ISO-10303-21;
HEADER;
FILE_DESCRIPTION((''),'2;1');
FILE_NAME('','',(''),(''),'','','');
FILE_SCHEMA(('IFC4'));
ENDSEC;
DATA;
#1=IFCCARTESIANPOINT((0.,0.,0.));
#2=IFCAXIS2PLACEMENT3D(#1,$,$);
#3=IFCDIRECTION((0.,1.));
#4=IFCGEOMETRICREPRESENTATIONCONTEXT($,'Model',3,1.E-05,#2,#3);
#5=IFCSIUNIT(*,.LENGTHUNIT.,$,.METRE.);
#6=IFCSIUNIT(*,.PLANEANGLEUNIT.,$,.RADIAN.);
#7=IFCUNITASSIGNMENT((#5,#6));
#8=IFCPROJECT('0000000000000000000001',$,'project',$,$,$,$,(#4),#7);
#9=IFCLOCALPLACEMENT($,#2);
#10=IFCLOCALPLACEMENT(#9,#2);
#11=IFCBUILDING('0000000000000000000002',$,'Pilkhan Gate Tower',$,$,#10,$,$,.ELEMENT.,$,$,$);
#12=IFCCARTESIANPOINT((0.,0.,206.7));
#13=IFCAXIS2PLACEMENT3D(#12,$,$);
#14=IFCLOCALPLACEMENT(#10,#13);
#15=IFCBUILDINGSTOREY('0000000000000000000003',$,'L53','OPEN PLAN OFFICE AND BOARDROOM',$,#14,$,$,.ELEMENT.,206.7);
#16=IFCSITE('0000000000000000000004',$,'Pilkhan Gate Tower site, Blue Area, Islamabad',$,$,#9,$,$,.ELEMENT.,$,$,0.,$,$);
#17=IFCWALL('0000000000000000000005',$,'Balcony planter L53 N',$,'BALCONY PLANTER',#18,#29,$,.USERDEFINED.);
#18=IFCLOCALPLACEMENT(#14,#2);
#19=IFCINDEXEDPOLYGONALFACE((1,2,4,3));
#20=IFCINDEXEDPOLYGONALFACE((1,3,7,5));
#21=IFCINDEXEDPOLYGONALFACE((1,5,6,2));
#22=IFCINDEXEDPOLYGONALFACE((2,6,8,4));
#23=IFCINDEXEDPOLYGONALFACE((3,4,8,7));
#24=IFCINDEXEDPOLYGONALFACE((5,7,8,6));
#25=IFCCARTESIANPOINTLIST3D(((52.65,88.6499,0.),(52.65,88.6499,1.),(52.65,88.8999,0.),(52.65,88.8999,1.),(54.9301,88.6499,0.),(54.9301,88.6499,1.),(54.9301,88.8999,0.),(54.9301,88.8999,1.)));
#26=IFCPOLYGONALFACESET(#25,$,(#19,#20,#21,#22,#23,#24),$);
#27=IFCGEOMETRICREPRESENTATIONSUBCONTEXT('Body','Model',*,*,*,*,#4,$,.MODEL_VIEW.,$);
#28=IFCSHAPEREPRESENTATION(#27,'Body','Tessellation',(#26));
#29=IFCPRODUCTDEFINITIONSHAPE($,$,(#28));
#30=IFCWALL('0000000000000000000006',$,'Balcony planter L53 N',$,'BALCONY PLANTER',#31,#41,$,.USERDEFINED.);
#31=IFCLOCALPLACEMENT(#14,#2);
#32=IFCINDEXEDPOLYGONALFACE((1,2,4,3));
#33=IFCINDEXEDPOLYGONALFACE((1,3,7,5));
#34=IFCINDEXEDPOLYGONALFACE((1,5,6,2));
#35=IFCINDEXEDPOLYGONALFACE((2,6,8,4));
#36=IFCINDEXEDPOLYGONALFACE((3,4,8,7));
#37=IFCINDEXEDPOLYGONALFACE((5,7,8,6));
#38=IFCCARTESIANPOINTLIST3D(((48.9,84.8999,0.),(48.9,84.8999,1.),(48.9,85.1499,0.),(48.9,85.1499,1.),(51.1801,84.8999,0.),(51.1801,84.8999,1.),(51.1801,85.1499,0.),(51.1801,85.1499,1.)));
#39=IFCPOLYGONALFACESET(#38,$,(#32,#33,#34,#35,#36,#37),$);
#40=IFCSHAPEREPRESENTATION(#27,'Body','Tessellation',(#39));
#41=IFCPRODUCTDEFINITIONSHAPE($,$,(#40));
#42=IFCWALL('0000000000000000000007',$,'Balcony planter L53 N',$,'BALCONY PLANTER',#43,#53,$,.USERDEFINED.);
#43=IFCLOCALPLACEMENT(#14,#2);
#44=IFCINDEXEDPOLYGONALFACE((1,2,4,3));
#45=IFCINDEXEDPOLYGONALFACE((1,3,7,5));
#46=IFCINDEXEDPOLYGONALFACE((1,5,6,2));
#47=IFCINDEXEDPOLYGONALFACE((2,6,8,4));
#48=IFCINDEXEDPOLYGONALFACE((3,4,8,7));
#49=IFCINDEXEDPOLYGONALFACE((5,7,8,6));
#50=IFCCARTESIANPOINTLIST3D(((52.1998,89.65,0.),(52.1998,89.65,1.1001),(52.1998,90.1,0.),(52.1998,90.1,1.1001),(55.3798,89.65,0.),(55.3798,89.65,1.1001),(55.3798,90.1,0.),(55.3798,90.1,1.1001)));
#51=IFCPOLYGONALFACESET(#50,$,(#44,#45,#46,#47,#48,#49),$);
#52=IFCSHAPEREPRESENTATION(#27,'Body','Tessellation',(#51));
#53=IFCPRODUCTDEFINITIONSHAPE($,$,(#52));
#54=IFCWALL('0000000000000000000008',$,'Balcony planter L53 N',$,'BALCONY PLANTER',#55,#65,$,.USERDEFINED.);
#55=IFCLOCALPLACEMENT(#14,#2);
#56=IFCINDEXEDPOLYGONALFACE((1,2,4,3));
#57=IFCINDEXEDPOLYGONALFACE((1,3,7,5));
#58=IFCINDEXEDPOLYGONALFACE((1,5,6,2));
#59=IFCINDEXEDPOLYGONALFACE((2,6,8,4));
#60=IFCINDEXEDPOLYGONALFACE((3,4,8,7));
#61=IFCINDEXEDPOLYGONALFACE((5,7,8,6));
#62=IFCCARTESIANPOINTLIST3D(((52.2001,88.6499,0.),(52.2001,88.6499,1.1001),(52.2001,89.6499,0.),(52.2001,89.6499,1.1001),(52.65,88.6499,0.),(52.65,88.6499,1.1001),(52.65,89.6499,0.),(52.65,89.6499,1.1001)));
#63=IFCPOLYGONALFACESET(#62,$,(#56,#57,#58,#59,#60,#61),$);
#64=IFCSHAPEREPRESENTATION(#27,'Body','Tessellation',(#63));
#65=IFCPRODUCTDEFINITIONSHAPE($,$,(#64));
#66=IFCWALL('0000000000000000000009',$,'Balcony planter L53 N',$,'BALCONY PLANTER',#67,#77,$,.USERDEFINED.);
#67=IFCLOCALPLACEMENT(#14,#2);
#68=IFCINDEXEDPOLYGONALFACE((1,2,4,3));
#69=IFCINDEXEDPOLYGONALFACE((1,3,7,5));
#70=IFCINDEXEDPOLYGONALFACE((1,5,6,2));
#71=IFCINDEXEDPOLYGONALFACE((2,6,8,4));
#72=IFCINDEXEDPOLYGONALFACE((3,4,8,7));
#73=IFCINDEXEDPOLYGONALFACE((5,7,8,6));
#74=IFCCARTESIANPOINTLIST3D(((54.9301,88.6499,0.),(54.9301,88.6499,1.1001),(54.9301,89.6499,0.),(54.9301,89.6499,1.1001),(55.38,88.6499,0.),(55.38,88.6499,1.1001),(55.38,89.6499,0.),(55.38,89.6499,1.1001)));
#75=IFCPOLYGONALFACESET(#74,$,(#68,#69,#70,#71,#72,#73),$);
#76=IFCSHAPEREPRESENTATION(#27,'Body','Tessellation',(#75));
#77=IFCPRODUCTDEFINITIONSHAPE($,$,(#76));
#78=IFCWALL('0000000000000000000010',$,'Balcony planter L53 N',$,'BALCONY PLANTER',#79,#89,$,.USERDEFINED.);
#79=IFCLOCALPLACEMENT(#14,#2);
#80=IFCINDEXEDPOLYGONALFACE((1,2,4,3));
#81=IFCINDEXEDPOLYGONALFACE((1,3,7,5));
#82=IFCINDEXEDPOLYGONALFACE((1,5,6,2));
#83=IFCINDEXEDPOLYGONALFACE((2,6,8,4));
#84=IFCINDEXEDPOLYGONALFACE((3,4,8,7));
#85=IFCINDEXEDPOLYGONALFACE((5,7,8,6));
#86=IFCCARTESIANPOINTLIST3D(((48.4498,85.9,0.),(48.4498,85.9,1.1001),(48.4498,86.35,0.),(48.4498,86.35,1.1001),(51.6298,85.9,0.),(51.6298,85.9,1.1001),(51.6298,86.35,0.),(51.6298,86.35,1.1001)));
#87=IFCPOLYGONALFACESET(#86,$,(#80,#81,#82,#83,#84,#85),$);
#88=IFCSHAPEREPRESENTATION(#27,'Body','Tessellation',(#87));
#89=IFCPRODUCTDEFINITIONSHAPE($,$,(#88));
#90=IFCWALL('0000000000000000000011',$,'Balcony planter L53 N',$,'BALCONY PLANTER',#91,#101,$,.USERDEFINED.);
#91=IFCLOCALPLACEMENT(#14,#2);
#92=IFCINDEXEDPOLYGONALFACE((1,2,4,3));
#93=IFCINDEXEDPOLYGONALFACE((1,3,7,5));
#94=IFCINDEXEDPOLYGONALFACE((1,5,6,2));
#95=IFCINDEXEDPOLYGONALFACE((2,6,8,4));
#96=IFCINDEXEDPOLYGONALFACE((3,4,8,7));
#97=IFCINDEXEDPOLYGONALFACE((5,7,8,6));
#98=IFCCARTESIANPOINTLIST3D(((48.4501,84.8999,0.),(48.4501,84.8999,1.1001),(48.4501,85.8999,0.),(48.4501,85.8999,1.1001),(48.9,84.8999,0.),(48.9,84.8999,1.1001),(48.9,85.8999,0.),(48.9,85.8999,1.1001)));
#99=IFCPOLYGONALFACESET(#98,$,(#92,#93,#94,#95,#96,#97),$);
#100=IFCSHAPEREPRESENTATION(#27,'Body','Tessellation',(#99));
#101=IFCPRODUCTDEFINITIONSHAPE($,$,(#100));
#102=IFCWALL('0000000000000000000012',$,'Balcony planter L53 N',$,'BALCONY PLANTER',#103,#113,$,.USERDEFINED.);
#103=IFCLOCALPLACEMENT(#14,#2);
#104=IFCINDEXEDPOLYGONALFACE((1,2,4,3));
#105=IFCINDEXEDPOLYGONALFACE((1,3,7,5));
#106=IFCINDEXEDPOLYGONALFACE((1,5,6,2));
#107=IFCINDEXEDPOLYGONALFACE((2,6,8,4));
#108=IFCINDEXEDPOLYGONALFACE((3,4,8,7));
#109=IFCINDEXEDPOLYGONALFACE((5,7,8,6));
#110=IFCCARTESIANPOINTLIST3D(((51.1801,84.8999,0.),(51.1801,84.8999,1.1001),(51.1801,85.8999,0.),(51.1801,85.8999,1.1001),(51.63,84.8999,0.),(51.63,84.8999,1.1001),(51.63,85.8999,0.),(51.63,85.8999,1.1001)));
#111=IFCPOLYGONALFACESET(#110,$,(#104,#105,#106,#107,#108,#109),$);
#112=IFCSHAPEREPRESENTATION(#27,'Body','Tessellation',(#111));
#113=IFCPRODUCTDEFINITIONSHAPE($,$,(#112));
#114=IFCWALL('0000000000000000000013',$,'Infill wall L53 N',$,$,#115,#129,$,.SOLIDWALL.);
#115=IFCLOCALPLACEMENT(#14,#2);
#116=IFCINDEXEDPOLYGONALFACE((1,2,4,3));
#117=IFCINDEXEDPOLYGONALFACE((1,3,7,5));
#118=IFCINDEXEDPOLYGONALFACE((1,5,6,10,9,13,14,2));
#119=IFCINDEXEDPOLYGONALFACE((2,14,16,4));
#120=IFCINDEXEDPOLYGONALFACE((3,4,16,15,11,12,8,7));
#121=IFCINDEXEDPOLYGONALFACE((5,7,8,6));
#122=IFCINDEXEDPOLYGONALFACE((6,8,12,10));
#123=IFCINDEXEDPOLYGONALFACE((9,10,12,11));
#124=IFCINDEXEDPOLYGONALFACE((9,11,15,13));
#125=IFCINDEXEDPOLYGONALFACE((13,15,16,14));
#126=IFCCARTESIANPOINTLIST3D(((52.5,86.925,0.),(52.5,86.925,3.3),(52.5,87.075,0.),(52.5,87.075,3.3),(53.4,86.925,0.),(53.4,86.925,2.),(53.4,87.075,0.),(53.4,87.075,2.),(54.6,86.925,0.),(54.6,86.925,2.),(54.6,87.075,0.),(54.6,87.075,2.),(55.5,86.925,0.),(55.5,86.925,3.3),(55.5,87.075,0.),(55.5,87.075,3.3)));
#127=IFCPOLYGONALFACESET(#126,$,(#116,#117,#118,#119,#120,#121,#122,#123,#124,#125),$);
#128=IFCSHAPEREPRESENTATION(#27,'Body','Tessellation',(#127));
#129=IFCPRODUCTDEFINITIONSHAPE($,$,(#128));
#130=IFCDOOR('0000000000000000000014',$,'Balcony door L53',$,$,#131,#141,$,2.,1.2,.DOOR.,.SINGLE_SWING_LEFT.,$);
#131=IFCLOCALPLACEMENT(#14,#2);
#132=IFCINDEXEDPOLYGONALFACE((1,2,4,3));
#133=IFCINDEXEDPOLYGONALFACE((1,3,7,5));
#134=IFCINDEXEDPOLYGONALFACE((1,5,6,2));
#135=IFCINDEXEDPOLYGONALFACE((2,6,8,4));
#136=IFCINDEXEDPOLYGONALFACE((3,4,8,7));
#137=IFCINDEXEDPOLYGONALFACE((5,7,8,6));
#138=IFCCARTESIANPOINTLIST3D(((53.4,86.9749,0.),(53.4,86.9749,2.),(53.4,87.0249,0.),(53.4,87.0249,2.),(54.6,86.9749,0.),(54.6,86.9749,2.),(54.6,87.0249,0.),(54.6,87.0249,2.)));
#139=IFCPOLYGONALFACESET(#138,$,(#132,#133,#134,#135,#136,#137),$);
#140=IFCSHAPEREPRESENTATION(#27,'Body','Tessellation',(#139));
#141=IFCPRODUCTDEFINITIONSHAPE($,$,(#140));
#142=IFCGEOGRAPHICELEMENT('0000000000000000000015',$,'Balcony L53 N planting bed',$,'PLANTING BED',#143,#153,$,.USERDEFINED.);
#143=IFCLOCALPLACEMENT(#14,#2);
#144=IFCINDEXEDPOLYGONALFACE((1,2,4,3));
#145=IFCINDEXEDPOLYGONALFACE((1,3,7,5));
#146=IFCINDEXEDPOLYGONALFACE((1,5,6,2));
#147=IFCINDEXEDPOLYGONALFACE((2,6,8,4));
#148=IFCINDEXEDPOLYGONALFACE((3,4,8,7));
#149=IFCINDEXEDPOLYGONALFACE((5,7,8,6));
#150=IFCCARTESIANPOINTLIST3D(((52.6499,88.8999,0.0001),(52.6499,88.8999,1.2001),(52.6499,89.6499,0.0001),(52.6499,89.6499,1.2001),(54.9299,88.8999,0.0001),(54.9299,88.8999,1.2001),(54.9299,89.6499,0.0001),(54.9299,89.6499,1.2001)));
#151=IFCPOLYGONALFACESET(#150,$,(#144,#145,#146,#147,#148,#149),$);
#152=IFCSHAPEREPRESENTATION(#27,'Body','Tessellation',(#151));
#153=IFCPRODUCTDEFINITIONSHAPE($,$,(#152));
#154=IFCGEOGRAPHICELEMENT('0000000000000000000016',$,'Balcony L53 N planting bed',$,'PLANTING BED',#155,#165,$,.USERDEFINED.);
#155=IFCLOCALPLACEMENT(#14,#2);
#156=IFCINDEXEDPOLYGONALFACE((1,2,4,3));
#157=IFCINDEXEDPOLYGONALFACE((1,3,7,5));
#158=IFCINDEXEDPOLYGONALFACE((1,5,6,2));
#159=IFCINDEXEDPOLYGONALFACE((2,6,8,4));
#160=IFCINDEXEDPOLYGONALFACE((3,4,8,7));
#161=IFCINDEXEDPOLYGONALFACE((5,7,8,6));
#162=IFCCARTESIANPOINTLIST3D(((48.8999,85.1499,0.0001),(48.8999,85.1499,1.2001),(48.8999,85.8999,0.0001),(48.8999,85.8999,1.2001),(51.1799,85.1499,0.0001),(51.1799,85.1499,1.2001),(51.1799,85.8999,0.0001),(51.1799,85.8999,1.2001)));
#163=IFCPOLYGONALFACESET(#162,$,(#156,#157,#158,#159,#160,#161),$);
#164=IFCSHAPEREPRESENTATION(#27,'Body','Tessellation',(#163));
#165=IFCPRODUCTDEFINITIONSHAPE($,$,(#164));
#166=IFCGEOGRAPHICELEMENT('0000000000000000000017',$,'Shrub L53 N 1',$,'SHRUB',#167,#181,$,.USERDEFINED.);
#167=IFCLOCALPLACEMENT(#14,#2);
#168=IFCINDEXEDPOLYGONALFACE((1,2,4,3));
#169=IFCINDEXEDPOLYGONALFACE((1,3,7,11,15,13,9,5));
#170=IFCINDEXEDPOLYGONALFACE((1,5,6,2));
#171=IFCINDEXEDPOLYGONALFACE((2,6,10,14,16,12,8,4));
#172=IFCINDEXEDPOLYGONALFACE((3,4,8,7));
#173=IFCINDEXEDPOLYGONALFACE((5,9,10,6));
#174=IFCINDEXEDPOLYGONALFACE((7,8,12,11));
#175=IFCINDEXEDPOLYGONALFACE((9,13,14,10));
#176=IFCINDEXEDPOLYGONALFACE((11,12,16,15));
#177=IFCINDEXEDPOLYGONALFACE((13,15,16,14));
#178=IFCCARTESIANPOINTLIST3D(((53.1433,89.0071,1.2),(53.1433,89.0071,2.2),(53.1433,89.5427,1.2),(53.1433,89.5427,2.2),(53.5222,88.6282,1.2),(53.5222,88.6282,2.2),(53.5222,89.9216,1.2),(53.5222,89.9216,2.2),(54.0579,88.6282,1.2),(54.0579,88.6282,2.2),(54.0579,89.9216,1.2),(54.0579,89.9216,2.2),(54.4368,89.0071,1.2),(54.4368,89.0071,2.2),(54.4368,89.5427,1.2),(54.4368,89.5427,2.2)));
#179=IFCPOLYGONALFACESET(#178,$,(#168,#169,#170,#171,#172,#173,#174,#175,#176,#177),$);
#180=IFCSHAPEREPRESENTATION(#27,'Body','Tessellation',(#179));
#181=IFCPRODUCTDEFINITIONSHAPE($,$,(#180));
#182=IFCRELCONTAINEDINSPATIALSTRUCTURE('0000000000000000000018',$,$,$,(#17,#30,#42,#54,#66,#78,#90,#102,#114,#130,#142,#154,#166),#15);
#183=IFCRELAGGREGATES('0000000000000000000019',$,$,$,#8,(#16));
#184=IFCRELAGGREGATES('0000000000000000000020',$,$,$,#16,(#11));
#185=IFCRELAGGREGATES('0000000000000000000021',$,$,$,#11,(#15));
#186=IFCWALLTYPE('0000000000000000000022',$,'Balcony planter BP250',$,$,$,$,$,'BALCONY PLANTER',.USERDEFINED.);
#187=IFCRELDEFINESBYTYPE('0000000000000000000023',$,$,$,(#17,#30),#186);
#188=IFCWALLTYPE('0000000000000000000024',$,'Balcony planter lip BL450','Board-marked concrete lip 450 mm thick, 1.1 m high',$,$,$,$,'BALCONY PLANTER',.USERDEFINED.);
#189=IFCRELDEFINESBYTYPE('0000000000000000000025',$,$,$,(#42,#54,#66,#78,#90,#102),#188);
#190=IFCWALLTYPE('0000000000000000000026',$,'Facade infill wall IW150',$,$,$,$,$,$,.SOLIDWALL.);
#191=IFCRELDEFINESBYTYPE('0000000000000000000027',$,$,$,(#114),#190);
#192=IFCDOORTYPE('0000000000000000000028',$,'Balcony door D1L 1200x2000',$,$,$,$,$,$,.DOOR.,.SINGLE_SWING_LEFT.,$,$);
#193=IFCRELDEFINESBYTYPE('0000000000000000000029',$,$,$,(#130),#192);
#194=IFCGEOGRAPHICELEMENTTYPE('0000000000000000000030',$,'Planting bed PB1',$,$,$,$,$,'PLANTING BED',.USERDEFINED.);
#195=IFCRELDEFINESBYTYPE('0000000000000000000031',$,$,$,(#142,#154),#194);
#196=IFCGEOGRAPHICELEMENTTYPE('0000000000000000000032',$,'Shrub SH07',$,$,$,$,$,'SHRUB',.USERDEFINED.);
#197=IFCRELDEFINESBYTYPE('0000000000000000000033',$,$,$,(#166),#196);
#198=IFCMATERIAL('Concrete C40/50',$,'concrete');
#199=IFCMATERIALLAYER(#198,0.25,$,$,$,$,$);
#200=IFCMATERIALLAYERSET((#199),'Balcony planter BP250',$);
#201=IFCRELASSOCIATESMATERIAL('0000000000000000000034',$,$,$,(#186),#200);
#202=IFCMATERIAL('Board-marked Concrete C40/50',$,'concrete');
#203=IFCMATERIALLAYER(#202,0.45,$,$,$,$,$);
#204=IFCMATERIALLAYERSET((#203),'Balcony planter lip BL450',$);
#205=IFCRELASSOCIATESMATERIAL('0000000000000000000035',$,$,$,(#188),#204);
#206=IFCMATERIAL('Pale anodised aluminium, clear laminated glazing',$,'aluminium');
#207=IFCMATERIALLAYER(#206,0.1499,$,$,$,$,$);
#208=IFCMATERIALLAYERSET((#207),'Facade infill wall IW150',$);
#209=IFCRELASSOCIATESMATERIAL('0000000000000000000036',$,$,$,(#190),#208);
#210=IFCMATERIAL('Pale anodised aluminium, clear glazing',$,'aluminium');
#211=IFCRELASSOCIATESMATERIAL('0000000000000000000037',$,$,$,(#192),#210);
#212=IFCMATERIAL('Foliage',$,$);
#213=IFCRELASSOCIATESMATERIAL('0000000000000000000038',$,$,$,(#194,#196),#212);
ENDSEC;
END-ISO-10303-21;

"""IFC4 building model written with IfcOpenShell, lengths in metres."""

from ifc_helpers import new_model, si_unit, direction, frame, frame_2d, origin, origin_2d, place, context, subcontext, project, spatial, polyline, rectangle, outline, extrude, material, layer, layer_set, material_profile, profile_set, type_object, element, fill, save


model = new_model("IFC4")

# Units and contexts
model_context = context("Model", 3, precision=1e-05, world=origin(), true_north=direction((0.0, 1.0)))
body_context = subcontext(model_context, "Body", "Model", "MODEL_VIEW")
ifc_project = project(units=[si_unit("LENGTHUNIT", "METRE"), si_unit("PLANEANGLEUNIT", "RADIAN")], contexts=[model_context])

# Site, building, storey
site_placement = place(None, origin())
site = spatial("IfcSite", under=ifc_project, at=site_placement, Name="Pilkhan Gate Tower site, Blue Area, Islamabad", CompositionType="ELEMENT", RefElevation=0.0)
building_placement = place(site_placement, origin())
building = spatial("IfcBuilding", under=site, at=building_placement, Name="Pilkhan Gate Tower", CompositionType="ELEMENT")
storey_placement = place(building_placement, frame((0.0, 0.0, 206.7)))
storey = spatial("IfcBuildingStorey", under=building, at=storey_placement, Name="L53", Description="OPEN PLAN OFFICE AND BOARDROOM", CompositionType="ELEMENT", Elevation=206.7)

# Walls
ifc_material_1 = material(Name="Concrete C40/50", Category="concrete")
ifc_layer_1 = layer(ifc_material_1, 0.25)
ifc_layer_set_1 = layer_set([ifc_layer_1], Name="Balcony planter BP250")
wall_type_1 = type_object("IfcWallType", Name="Balcony planter BP250", ElementType="BALCONY PLANTER", PredefinedType="USERDEFINED", material=ifc_layer_set_1)
for number, where, z_axis, x_axis, name in (
    (1, (52.6499, 88.7749, 0.0), (0.0, 0.0, 1.0), (1.0, 0.0, 0.0), "Balcony planter L53 N"),
    (2, (48.8999, 85.0249, 0.0), (0.0, 0.0, 1.0), (1.0, 0.0, 0.0), "Balcony planter L53 N"),
):
    element("IfcWall", number, at=place(storey_placement, frame(where, z_axis=z_axis, x_axis=x_axis)), inside=storey, type_object=wall_type_1, Name=name, ObjectType="BALCONY PLANTER", PredefinedType="USERDEFINED", context=body_context, shape_type="SweptSolid", body=[
        extrude(rectangle(XDim=2.28, YDim=0.25, at=frame_2d((1.1401, 0.0))), origin(), (0.0, 0.0, 1.0), 1.0),
    ])
ifc_material_2 = material(Name="Board-marked Concrete C40/50", Category="concrete")
ifc_layer_2 = layer(ifc_material_2, 0.45)
ifc_layer_set_2 = layer_set([ifc_layer_2], Name="Balcony planter lip BL450")
wall_type_2 = type_object("IfcWallType", Name="Balcony planter lip BL450", Description="Board-marked concrete lip 450 mm thick, 1.1 m high", ElementType="BALCONY PLANTER", PredefinedType="USERDEFINED", material=ifc_layer_set_2)
wall_1_placement = place(storey_placement, frame((52.2, 89.875, 0.0), z_axis=(0.0, 0.0, 1.0), x_axis=(1.0, 0.0, 0.0)))
element("IfcWall", 3, at=wall_1_placement, inside=storey, type_object=wall_type_2, Name="Balcony planter L53 N", ObjectType="BALCONY PLANTER", PredefinedType="USERDEFINED", context=body_context, shape_type="SweptSolid", body=[
    extrude(rectangle(XDim=3.1799, YDim=0.45, at=frame_2d((1.5898, 0.0))), origin(), (0.0, 0.0, 1.0), 1.1001),
])
for number, where, z_axis, x_axis, name in (
    (4, (52.425, 88.6499, 0.0), (0.0, 0.0, 1.0), (0.0, 1.0, 0.0), "Balcony planter L53 N"),
    (5, (55.155, 88.6499, 0.0), (0.0, 0.0, 1.0), (0.0, 1.0, 0.0), "Balcony planter L53 N"),
):
    element("IfcWall", number, at=place(storey_placement, frame(where, z_axis=z_axis, x_axis=x_axis)), inside=storey, type_object=wall_type_2, Name=name, ObjectType="BALCONY PLANTER", PredefinedType="USERDEFINED", context=body_context, shape_type="SweptSolid", body=[
        extrude(rectangle(XDim=1.0, YDim=0.45, at=frame_2d((0.5, 0.0))), origin(), (0.0, 0.0, 1.0), 1.1001),
    ])
wall_2_placement = place(storey_placement, frame((48.45, 86.125, 0.0), z_axis=(0.0, 0.0, 1.0), x_axis=(1.0, 0.0, 0.0)))
element("IfcWall", 6, at=wall_2_placement, inside=storey, type_object=wall_type_2, Name="Balcony planter L53 N", ObjectType="BALCONY PLANTER", PredefinedType="USERDEFINED", context=body_context, shape_type="SweptSolid", body=[
    extrude(rectangle(XDim=3.1799, YDim=0.45, at=frame_2d((1.5898, 0.0))), origin(), (0.0, 0.0, 1.0), 1.1001),
])
for number, where, z_axis, x_axis, name in (
    (7, (48.675, 84.8999, 0.0), (0.0, 0.0, 1.0), (0.0, 1.0, 0.0), "Balcony planter L53 N"),
    (8, (51.405, 84.8999, 0.0), (0.0, 0.0, 1.0), (0.0, 1.0, 0.0), "Balcony planter L53 N"),
):
    element("IfcWall", number, at=place(storey_placement, frame(where, z_axis=z_axis, x_axis=x_axis)), inside=storey, type_object=wall_type_2, Name=name, ObjectType="BALCONY PLANTER", PredefinedType="USERDEFINED", context=body_context, shape_type="SweptSolid", body=[
        extrude(rectangle(XDim=1.0, YDim=0.45, at=frame_2d((0.5, 0.0))), origin(), (0.0, 0.0, 1.0), 1.1001),
    ])

# Wall, opening, door
ifc_material_3 = material(Name="Pale anodised aluminium, clear laminated glazing", Category="aluminium")
ifc_layer_3 = layer(ifc_material_3, 0.1499)
ifc_layer_set_3 = layer_set([ifc_layer_3], Name="Facade infill wall IW150")
wall_type_3 = type_object("IfcWallType", Name="Facade infill wall IW150", PredefinedType="SOLIDWALL", material=ifc_layer_set_3)
wall_3_placement = place(storey_placement, frame((52.5, 87.0, 0.0), z_axis=(0.0, 0.0, 1.0), x_axis=(1.0, 0.0, 0.0)))
wall_3 = element("IfcWall", 9, at=wall_3_placement, inside=storey, type_object=wall_type_3, Name="Infill wall L53 N", PredefinedType="SOLIDWALL", context=body_context, shape_type="SweptSolid", body=[
    extrude(rectangle(XDim=3.0, YDim=0.1499, at=frame_2d((1.5, 0.0))), origin(), (0.0, 0.0, 1.0), 3.3),
])
opening_placement = place(wall_3_placement, frame((0.8999, 0.0, 0.0)))
opening = element("IfcOpeningElement", 10, at=opening_placement, cuts=wall_3, PredefinedType="OPENING", context=body_context, shape_type="SweptSolid", body=[
    extrude(rectangle(XDim=1.2, YDim=2.0, at=frame_2d((0.6001, 1.0))), frame((0.0, 0.085, 0.0), z_axis=(0.0, -1.0, 0.0), x_axis=(1.0, 0.0, 0.0)), (0.0, 0.0, 1.0), 0.1699),
])
ifc_material_4 = material(Name="Pale anodised aluminium, clear glazing", Category="aluminium")
door_type = type_object("IfcDoorType", Name="Balcony door D1L 1200x2000", OperationType="SINGLE_SWING_LEFT", PredefinedType="DOOR", material=ifc_material_4)
door_placement = place(opening_placement, origin())
door = element("IfcDoor", 11, at=door_placement, inside=storey, type_object=door_type, Name="Balcony door L53", OperationType="SINGLE_SWING_LEFT", OverallHeight=2.0, OverallWidth=1.2, PredefinedType="DOOR", context=body_context, shape_type="SweptSolid", body=[
    extrude(rectangle(XDim=1.2, YDim=2.0, at=frame_2d((0.6001, 1.0))), frame((0.0, 0.0249, 0.0), z_axis=(0.0, -1.0, 0.0), x_axis=(1.0, 0.0, 0.0)), (0.0, 0.0, 1.0), 0.05),
])
fill(opening, door)

# Geographic elements
ifc_material_5 = material(Name="Foliage")
ifc_material_profile_1 = material_profile(ifc_material_5, rectangle(XDim=0.75, YDim=1.2, at=origin_2d()), Name="Bed 750x1200")
ifc_profile_set_1 = profile_set([ifc_material_profile_1], Name="Foliage")
geographic_element_type_1 = type_object("IfcGeographicElementType", Name="Planting bed PB1", ElementType="PLANTING BED", PredefinedType="USERDEFINED", material=ifc_profile_set_1)
for number, where, z_axis, x_axis, name in (
    (12, (52.6499, 89.2749, 0.6001), (1.0, 0.0, 0.0), (0.0, 1.0, 0.0), "Balcony L53 N planting bed"),
    (13, (48.8999, 85.5249, 0.6001), (1.0, 0.0, 0.0), (0.0, 1.0, 0.0), "Balcony L53 N planting bed"),
):
    element("IfcGeographicElement", number, at=place(storey_placement, frame(where, z_axis=z_axis, x_axis=x_axis)), inside=storey, type_object=geographic_element_type_1, Name=name, ObjectType="PLANTING BED", PredefinedType="USERDEFINED", context=body_context, shape_type="SweptSolid", body=[
        extrude(rectangle(XDim=0.75, YDim=1.2, at=origin_2d()), origin(), (0.0, 0.0, 1.0), 2.28),
    ])
ifc_material_profile_2 = material_profile(ifc_material_5, outline(polyline([(0.6467, 0.2678), (0.2678, 0.6467), (-0.2678, 0.6467), (-0.6467, 0.2678), (-0.6467, -0.2678), (-0.2678, -0.6467), (0.2678, -0.6467), (0.6467, -0.2678), (0.6467, 0.2678)])), Name="Shrub D1.4")
ifc_profile_set_2 = profile_set([ifc_material_profile_2], Name="Foliage")
geographic_element_type_2 = type_object("IfcGeographicElementType", Name="Shrub SH07", ElementType="SHRUB", PredefinedType="USERDEFINED", material=ifc_profile_set_2)
for number, where, z_axis, x_axis, name in (
    (14, (53.79, 89.2749, 1.2), (0.0, 0.0, 1.0), (1.0, 0.0, 0.0), "Shrub L53 N 1"),
):
    element("IfcGeographicElement", number, at=place(storey_placement, frame(where, z_axis=z_axis, x_axis=x_axis)), inside=storey, type_object=geographic_element_type_2, Name=name, ObjectType="SHRUB", PredefinedType="USERDEFINED", context=body_context, shape_type="SweptSolid", body=[
        extrude(outline(polyline([(0.6467, 0.2678), (0.2678, 0.6467), (-0.2678, 0.6467), (-0.6467, 0.2678), (-0.6467, -0.2678), (-0.2678, -0.6467), (0.2678, -0.6467), (0.6467, -0.2678), (0.6467, 0.2678)])), origin(), (0.0, 0.0, 1.0), 1.0),
    ])

save(model, "model.ifc")
